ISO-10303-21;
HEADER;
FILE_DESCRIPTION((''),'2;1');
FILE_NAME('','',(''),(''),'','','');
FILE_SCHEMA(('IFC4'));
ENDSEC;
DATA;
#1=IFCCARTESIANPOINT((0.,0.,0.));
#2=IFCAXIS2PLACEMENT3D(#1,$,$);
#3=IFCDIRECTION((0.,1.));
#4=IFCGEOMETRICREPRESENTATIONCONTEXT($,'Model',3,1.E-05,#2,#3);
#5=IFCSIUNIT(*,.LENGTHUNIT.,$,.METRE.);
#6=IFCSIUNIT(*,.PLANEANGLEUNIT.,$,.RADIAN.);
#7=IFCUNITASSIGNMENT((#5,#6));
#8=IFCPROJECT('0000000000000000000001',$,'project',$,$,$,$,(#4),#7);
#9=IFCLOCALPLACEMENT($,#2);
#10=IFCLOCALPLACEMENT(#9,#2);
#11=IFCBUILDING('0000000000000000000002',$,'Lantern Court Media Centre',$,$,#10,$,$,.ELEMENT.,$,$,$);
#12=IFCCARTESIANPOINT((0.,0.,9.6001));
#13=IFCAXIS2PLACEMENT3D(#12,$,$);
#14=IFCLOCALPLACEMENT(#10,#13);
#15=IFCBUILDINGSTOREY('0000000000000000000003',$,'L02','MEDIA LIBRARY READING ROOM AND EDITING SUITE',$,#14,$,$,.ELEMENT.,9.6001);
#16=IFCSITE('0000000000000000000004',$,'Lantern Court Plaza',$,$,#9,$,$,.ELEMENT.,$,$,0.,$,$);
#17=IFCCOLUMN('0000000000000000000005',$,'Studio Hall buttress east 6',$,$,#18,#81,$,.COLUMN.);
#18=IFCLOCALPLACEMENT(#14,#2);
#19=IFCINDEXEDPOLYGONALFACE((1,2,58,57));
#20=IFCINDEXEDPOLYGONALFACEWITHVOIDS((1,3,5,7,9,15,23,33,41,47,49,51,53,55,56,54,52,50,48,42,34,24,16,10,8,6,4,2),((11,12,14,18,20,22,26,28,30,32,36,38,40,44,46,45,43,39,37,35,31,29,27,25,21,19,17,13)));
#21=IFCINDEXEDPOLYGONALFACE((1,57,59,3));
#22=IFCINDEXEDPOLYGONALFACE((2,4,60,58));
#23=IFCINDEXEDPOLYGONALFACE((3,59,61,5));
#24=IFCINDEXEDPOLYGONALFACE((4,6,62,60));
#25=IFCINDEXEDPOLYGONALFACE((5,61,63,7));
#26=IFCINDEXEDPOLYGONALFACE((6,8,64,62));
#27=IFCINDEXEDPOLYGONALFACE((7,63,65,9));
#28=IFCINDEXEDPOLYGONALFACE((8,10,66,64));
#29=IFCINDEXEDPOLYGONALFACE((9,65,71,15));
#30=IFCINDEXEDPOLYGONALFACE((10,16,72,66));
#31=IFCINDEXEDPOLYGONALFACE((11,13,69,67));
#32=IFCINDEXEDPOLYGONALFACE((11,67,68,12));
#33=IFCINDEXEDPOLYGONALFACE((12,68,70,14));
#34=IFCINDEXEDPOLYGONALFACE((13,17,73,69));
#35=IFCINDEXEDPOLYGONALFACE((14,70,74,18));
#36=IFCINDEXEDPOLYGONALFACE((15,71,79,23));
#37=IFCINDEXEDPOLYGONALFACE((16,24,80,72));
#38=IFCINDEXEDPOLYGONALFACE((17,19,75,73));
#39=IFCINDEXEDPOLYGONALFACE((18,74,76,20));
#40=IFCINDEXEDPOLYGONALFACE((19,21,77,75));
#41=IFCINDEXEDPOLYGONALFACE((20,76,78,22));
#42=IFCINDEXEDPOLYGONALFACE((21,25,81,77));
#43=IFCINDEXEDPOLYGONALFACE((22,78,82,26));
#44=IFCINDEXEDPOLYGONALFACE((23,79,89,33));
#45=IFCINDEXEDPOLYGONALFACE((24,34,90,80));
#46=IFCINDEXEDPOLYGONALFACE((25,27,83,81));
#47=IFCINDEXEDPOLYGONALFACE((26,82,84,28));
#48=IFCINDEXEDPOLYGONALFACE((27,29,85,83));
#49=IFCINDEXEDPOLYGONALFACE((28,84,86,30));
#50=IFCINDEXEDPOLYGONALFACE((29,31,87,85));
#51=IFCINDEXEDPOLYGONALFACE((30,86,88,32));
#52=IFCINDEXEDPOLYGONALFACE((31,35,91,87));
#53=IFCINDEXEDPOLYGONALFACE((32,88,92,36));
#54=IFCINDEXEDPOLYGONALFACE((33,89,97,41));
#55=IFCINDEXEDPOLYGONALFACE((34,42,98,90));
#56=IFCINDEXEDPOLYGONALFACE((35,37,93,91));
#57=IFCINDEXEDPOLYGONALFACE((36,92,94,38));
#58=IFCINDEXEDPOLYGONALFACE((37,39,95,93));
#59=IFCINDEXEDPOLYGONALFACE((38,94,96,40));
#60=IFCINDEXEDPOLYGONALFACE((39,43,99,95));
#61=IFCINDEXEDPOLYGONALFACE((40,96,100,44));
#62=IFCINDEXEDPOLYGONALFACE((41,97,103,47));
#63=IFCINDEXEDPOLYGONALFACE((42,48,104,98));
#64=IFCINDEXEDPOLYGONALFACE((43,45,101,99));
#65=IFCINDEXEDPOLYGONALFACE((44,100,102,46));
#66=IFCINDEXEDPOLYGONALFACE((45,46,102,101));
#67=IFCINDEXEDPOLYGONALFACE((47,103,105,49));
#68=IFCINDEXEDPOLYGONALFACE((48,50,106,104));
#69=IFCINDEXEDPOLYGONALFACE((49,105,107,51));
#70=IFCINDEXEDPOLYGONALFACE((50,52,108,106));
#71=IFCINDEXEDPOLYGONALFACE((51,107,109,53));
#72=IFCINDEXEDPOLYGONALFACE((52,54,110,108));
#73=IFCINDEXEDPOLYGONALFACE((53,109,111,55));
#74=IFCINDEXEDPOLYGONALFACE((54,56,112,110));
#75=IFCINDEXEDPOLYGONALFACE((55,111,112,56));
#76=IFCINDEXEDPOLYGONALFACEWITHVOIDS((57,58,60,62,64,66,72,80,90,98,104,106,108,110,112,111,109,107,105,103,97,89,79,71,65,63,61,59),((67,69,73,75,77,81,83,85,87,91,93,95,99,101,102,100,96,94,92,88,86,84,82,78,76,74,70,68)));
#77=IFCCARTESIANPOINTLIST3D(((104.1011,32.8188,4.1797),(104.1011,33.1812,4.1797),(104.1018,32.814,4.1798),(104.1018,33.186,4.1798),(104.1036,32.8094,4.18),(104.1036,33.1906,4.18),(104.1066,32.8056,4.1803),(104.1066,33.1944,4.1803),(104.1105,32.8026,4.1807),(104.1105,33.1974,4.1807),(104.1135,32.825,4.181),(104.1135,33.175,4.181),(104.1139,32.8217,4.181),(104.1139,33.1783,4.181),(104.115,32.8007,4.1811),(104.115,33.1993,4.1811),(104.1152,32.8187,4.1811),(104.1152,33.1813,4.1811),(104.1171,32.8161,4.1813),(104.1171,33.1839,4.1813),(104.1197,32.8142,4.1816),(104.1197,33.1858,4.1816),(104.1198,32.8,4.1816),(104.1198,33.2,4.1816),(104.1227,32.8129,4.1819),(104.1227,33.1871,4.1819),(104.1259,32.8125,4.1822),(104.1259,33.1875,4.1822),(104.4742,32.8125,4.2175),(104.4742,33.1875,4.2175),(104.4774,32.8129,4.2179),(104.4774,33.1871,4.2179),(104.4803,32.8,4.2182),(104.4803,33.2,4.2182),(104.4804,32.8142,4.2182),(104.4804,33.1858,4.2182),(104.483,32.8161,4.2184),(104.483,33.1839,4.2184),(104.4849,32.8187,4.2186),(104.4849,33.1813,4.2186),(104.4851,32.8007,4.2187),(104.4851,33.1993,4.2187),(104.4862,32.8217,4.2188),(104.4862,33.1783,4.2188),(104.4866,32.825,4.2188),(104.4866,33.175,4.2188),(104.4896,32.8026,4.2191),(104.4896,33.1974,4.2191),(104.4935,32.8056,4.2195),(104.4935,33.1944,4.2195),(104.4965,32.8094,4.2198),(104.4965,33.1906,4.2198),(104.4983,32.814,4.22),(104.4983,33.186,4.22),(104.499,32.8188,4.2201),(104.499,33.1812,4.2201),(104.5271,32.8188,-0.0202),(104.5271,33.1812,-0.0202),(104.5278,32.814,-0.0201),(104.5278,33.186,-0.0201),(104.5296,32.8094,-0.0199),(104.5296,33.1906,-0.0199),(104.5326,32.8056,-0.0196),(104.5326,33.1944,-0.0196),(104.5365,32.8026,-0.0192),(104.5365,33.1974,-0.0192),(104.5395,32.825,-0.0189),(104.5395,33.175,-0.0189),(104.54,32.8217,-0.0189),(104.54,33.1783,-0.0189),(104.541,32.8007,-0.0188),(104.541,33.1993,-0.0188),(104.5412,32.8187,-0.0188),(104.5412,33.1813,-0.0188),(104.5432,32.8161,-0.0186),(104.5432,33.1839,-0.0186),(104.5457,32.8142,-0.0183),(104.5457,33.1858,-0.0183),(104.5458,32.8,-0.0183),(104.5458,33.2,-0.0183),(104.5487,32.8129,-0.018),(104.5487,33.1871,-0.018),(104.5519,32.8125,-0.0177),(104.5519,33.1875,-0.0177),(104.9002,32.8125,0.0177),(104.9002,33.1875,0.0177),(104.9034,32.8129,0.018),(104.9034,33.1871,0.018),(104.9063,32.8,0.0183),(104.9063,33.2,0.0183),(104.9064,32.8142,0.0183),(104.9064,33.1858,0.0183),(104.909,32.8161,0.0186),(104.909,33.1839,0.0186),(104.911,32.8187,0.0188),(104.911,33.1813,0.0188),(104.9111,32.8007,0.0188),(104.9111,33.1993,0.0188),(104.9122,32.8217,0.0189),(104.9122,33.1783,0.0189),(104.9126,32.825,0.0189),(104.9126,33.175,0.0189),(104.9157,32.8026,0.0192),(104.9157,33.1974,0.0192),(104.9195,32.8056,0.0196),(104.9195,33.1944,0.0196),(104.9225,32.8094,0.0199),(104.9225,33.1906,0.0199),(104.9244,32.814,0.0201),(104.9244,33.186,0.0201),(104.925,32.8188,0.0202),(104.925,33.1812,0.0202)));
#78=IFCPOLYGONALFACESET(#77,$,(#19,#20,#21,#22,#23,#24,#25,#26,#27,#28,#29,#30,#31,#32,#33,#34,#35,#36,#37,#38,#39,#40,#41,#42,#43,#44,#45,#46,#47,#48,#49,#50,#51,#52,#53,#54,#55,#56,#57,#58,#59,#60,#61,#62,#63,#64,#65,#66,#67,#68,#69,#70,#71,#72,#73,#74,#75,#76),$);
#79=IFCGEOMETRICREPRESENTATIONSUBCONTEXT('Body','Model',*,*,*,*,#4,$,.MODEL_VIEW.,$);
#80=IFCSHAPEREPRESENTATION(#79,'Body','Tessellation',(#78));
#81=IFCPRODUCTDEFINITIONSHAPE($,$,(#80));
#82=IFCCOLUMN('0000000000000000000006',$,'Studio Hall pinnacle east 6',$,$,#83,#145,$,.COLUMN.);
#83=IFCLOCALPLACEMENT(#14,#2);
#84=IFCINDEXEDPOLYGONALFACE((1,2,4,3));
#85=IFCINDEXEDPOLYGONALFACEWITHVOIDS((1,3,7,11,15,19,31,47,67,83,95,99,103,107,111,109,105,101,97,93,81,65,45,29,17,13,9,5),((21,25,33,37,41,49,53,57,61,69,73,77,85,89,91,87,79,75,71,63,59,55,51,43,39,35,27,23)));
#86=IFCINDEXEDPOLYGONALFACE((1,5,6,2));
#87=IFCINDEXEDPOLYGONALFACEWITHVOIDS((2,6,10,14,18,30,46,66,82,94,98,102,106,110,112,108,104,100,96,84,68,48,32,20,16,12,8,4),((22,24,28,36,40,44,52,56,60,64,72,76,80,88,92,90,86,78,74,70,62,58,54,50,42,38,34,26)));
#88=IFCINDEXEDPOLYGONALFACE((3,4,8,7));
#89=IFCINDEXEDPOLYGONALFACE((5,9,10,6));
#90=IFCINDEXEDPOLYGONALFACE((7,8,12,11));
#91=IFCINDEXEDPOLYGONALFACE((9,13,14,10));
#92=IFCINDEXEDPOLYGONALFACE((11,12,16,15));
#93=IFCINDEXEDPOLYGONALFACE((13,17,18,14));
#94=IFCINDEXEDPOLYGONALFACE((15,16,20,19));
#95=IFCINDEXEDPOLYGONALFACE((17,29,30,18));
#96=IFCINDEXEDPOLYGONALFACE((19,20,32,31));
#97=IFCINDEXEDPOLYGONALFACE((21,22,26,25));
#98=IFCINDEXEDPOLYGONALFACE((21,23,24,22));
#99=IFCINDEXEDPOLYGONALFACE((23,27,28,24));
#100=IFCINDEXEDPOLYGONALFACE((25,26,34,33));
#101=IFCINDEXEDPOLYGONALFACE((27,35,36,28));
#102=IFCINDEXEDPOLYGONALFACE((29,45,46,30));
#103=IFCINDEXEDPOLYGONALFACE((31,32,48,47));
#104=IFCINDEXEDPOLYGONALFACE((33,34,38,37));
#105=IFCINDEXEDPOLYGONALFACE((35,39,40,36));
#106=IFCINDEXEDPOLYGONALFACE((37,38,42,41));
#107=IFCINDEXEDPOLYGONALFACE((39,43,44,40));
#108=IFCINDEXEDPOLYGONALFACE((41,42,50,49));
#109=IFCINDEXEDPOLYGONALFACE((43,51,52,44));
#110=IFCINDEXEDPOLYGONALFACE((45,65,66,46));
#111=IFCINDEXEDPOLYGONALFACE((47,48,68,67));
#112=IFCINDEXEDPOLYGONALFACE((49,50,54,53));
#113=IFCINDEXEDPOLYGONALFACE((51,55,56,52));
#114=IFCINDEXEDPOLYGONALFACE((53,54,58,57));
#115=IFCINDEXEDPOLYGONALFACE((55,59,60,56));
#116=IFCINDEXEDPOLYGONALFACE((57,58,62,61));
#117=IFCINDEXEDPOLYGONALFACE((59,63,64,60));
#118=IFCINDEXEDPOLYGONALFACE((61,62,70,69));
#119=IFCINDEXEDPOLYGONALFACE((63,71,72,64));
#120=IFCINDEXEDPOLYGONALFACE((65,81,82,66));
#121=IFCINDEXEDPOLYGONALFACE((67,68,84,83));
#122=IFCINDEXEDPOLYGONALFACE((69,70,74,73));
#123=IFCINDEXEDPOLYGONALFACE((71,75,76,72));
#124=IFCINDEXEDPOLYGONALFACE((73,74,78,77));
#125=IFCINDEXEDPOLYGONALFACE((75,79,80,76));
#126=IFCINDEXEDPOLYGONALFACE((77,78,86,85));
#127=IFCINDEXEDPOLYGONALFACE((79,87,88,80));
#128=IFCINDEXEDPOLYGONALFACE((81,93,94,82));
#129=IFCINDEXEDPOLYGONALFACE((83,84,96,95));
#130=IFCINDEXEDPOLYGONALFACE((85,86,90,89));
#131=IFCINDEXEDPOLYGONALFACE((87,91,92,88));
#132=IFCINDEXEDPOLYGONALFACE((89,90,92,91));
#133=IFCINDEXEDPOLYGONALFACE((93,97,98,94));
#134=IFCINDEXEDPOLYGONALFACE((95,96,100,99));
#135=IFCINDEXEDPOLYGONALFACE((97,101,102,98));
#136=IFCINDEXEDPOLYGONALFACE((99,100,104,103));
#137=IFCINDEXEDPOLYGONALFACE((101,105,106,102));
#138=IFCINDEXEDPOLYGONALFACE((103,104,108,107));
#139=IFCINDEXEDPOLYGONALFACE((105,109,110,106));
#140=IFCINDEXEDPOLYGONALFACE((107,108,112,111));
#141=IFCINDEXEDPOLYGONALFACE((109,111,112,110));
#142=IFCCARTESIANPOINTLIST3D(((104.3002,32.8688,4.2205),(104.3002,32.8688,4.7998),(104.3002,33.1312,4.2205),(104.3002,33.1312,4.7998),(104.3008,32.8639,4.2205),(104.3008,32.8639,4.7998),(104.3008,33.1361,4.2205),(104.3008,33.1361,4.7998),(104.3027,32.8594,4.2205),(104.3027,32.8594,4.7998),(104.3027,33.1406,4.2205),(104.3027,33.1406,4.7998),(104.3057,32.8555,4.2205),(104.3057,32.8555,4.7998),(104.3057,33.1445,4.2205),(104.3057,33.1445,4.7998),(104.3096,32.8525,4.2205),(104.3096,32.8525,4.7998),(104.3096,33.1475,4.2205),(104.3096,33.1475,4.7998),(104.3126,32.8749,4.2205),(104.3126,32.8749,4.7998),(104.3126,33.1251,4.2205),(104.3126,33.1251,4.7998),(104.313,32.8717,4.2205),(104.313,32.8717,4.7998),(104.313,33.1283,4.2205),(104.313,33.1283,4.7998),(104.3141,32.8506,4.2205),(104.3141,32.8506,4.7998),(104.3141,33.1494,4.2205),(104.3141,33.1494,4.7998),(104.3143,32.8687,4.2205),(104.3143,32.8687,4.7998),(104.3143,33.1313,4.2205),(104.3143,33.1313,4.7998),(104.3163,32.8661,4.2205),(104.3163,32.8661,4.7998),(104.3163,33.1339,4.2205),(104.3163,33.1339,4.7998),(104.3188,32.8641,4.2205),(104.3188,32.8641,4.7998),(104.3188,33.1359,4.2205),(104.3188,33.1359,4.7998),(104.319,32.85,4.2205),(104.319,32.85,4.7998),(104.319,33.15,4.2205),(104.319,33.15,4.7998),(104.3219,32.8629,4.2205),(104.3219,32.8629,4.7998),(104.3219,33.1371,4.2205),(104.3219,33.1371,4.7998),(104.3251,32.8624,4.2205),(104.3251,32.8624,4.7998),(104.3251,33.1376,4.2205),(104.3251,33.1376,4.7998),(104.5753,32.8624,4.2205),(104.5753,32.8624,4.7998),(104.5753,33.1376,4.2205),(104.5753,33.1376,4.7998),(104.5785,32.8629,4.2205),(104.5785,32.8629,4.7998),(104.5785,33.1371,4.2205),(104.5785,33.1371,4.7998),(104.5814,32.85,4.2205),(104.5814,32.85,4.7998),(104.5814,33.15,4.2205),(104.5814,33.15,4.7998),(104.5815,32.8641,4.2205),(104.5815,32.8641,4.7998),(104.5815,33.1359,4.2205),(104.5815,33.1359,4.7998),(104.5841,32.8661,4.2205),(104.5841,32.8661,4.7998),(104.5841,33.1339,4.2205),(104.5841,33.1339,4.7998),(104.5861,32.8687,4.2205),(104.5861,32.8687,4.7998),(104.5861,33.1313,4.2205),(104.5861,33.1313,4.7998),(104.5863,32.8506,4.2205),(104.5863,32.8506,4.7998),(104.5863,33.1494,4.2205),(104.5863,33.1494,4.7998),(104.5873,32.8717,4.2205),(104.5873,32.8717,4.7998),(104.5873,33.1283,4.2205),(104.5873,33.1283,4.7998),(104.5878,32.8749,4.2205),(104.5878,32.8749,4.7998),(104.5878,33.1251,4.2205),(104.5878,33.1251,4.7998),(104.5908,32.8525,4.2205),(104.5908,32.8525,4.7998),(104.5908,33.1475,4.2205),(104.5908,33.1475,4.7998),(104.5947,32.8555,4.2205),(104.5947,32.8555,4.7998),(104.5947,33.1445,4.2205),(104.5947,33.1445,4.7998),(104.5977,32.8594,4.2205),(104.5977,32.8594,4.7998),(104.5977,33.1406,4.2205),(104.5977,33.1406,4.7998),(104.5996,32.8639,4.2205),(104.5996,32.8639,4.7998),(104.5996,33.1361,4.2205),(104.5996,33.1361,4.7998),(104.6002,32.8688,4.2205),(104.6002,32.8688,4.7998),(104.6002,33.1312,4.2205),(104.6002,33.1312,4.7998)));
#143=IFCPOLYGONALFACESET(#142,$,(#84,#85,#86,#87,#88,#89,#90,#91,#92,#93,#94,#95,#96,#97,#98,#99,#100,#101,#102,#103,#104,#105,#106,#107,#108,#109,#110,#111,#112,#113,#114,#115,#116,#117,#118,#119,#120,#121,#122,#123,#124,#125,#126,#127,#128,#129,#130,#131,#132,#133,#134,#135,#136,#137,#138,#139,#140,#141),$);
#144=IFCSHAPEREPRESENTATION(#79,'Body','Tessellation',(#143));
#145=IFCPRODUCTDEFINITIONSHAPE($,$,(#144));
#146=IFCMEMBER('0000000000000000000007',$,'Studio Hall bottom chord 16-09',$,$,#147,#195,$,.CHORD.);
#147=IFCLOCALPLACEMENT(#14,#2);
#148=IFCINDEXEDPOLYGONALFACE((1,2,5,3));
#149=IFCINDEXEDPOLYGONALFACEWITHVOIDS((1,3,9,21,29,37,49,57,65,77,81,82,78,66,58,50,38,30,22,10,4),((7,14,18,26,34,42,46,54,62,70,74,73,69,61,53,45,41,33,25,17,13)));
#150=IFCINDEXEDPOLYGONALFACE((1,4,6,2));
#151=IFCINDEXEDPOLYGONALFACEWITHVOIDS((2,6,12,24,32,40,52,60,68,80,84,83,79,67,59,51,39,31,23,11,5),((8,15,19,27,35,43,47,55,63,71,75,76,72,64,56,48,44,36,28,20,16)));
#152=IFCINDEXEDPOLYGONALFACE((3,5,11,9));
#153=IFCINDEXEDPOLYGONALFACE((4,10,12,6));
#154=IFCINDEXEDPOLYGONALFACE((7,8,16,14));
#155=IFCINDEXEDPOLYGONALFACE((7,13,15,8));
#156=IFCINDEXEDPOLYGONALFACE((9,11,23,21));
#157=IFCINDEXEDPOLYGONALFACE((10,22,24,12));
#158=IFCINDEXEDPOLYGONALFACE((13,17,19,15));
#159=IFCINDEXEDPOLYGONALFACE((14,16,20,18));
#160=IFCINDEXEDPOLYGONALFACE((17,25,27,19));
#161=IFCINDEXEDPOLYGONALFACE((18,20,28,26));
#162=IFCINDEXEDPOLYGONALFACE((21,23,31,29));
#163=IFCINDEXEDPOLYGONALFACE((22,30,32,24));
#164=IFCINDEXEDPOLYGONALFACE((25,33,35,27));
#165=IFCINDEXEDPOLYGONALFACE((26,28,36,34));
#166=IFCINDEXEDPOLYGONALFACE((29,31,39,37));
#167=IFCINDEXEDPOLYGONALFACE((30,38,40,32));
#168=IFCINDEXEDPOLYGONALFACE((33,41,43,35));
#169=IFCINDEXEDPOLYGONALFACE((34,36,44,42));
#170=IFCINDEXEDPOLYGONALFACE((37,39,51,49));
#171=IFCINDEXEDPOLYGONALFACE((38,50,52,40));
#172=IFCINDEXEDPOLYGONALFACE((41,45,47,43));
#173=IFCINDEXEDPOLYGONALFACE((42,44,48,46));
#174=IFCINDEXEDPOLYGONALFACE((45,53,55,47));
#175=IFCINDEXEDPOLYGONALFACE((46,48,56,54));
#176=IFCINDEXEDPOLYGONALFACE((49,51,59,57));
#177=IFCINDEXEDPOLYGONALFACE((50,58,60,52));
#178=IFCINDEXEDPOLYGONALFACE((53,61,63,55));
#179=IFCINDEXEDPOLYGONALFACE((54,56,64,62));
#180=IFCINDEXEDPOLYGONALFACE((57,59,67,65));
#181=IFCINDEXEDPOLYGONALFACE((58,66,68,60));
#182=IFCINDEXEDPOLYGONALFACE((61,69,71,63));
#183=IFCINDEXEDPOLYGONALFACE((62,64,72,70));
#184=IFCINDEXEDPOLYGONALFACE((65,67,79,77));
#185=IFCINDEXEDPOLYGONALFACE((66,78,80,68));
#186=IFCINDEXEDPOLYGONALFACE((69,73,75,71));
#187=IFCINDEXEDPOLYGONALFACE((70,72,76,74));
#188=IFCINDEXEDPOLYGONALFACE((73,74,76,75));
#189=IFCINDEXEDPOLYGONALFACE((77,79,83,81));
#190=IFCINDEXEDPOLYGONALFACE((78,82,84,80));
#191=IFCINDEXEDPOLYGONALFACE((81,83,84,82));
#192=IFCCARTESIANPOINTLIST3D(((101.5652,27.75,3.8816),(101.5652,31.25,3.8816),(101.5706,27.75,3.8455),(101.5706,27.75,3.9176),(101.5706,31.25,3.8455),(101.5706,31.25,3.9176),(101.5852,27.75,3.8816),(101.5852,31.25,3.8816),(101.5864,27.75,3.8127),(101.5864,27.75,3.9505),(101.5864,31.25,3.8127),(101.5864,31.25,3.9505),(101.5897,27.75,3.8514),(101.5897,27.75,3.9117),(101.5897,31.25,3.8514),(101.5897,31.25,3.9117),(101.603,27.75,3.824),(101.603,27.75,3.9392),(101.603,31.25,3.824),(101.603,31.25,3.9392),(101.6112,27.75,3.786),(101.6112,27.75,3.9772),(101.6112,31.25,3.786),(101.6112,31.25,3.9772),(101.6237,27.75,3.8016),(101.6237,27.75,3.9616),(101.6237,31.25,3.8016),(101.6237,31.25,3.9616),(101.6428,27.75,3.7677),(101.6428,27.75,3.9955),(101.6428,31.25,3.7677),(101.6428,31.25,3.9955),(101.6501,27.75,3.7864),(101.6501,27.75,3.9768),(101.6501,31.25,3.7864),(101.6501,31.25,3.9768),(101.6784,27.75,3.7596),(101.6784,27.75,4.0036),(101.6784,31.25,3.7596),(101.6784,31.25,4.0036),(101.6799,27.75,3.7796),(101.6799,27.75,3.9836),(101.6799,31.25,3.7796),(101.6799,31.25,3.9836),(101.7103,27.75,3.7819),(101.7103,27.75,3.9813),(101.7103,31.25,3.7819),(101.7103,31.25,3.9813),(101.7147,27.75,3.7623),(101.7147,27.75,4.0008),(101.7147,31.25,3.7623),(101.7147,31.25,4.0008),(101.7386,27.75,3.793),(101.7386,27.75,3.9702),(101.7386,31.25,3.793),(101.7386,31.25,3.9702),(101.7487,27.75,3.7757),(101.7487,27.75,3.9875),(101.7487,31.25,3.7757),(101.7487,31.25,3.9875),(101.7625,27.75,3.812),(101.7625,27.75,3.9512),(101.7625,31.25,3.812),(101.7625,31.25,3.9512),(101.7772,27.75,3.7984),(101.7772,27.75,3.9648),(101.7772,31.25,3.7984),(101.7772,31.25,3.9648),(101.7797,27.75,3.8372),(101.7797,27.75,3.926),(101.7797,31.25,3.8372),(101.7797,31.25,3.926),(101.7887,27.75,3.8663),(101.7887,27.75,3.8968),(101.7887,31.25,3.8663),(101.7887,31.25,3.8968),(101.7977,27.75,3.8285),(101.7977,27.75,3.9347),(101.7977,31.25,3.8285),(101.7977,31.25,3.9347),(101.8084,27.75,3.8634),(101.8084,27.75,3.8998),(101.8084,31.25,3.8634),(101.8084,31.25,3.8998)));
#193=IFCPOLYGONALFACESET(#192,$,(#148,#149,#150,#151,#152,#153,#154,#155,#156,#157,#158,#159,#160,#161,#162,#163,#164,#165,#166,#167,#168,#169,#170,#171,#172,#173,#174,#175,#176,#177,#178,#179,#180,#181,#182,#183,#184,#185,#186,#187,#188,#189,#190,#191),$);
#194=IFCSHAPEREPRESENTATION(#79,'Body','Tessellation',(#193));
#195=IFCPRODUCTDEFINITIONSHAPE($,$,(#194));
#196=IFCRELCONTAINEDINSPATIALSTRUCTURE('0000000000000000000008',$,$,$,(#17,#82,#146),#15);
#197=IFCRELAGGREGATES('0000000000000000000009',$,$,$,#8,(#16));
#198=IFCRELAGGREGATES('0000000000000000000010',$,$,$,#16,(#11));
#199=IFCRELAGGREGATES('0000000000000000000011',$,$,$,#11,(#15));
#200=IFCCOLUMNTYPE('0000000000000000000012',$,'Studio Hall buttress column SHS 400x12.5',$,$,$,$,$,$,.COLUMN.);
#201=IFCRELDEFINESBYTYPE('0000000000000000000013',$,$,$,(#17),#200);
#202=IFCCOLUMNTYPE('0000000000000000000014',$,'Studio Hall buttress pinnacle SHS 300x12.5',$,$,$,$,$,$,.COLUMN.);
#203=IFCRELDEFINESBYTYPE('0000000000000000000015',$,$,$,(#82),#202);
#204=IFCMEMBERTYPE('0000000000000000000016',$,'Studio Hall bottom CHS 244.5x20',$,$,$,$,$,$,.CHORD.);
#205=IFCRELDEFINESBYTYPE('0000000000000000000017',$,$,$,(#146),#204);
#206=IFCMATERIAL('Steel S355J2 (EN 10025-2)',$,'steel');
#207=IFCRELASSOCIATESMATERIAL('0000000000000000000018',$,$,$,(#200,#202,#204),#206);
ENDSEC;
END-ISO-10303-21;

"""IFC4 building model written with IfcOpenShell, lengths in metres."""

from ifc_helpers import new_model, si_unit, direction, frame, origin, origin_2d, place, context, subcontext, project, spatial, hollow_rectangle, hollow_circle, extrude, material, material_profile, profile_set, type_object, element, save


model = new_model("IFC4")

# Units and contexts
model_context = context("Model", 3, precision=1e-05, world=origin(), true_north=direction((0.0, 1.0)))
body_context = subcontext(model_context, "Body", "Model", "MODEL_VIEW")
ifc_project = project(units=[si_unit("LENGTHUNIT", "METRE"), si_unit("PLANEANGLEUNIT", "RADIAN")], contexts=[model_context])

# Site, building, storey
site_placement = place(None, origin())
site = spatial("IfcSite", under=ifc_project, at=site_placement, Name="Lantern Court Plaza", CompositionType="ELEMENT", RefElevation=0.0)
building_placement = place(site_placement, origin())
building = spatial("IfcBuilding", under=site, at=building_placement, Name="Lantern Court Media Centre", CompositionType="ELEMENT")
storey_placement = place(building_placement, frame((0.0, 0.0, 9.6001)))
storey = spatial("IfcBuildingStorey", under=building, at=storey_placement, Name="L02", Description="MEDIA LIBRARY READING ROOM AND EDITING SUITE", CompositionType="ELEMENT", Elevation=9.6001)

# Columns
ifc_material_1 = material(Name="Steel S355J2 (EN 10025-2)", Category="steel")
ifc_material_profile_1 = material_profile(ifc_material_1, hollow_rectangle(XDim=0.3999, YDim=0.3999, WallThickness=0.0125, InnerFilletRadius=0.0125, OuterFilletRadius=0.0188, at=origin_2d()), Name="Studio Hall buttress column SHS 400x12.5")
ifc_profile_set_1 = profile_set([ifc_material_profile_1], Name="Steel S355J2 (EN 10025-2)")
column_type_1 = type_object("IfcColumnType", Name="Studio Hall buttress column SHS 400x12.5", PredefinedType="COLUMN", material=ifc_profile_set_1)
column_1_placement = place(storey_placement, frame((104.7261, 33.0, 0.0), z_axis=(-0.100918, 0.0, 0.994895), x_axis=(0.0, -1.0, 0.0)))
element("IfcColumn", 1, at=column_1_placement, inside=storey, type_object=column_type_1, Name="Studio Hall buttress east 6", PredefinedType="COLUMN", context=body_context, shape_type="SweptSolid", body=[
    extrude(hollow_rectangle(XDim=0.3999, YDim=0.3999, WallThickness=0.0125, InnerFilletRadius=0.0125, OuterFilletRadius=0.0188, at=origin_2d()), origin(), (0.0, 0.0, 1.0), 4.2214),
])
ifc_material_profile_2 = material_profile(ifc_material_1, hollow_rectangle(XDim=0.3, YDim=0.3, WallThickness=0.0125, InnerFilletRadius=0.0125, OuterFilletRadius=0.0188, at=origin_2d()), Name="Studio Hall buttress pinnacle SHS 300x12.5")
ifc_profile_set_2 = profile_set([ifc_material_profile_2], Name="Steel S355J2 (EN 10025-2)")
column_type_2 = type_object("IfcColumnType", Name="Studio Hall buttress pinnacle SHS 300x12.5", PredefinedType="COLUMN", material=ifc_profile_set_2)
column_2_placement = place(storey_placement, frame((104.4502, 33.0, 4.2205), z_axis=(0.0, 0.0, 1.0), x_axis=(1.0, 0.0, 0.0)))
element("IfcColumn", 2, at=column_2_placement, inside=storey, type_object=column_type_2, Name="Studio Hall pinnacle east 6", PredefinedType="COLUMN", context=body_context, shape_type="SweptSolid", body=[
    extrude(hollow_rectangle(XDim=0.3, YDim=0.3, WallThickness=0.0125, InnerFilletRadius=0.0125, OuterFilletRadius=0.0188, at=origin_2d()), origin(), (0.0, 0.0, 1.0), 0.5793),
])

# Member
ifc_material_profile_3 = material_profile(ifc_material_1, hollow_circle(Radius=0.1223, WallThickness=0.02, at=origin_2d()), Name="Studio Hall bottom CHS 244.5x20")
ifc_profile_set_3 = profile_set([ifc_material_profile_3], Name="Steel S355J2 (EN 10025-2)")
member_type_1 = type_object("IfcMemberType", Name="Studio Hall bottom CHS 244.5x20", PredefinedType="CHORD", material=ifc_profile_set_3)
for number, where, z_axis, x_axis, name in (
    (3, (101.6875, 27.75, 3.8816), (0.0, 1.0, 0.0), (-1.0, 0.0, 0.0), "Studio Hall bottom chord 16-09"),
):
    element("IfcMember", number, at=place(storey_placement, frame(where, z_axis=z_axis, x_axis=x_axis)), inside=storey, type_object=member_type_1, Name=name, PredefinedType="CHORD", context=body_context, shape_type="SweptSolid", body=[
        extrude(hollow_circle(Radius=0.1223, WallThickness=0.02, at=origin_2d()), origin(), (0.0, 0.0, 1.0), 3.5),
    ])

save(model, "model.ifc")
